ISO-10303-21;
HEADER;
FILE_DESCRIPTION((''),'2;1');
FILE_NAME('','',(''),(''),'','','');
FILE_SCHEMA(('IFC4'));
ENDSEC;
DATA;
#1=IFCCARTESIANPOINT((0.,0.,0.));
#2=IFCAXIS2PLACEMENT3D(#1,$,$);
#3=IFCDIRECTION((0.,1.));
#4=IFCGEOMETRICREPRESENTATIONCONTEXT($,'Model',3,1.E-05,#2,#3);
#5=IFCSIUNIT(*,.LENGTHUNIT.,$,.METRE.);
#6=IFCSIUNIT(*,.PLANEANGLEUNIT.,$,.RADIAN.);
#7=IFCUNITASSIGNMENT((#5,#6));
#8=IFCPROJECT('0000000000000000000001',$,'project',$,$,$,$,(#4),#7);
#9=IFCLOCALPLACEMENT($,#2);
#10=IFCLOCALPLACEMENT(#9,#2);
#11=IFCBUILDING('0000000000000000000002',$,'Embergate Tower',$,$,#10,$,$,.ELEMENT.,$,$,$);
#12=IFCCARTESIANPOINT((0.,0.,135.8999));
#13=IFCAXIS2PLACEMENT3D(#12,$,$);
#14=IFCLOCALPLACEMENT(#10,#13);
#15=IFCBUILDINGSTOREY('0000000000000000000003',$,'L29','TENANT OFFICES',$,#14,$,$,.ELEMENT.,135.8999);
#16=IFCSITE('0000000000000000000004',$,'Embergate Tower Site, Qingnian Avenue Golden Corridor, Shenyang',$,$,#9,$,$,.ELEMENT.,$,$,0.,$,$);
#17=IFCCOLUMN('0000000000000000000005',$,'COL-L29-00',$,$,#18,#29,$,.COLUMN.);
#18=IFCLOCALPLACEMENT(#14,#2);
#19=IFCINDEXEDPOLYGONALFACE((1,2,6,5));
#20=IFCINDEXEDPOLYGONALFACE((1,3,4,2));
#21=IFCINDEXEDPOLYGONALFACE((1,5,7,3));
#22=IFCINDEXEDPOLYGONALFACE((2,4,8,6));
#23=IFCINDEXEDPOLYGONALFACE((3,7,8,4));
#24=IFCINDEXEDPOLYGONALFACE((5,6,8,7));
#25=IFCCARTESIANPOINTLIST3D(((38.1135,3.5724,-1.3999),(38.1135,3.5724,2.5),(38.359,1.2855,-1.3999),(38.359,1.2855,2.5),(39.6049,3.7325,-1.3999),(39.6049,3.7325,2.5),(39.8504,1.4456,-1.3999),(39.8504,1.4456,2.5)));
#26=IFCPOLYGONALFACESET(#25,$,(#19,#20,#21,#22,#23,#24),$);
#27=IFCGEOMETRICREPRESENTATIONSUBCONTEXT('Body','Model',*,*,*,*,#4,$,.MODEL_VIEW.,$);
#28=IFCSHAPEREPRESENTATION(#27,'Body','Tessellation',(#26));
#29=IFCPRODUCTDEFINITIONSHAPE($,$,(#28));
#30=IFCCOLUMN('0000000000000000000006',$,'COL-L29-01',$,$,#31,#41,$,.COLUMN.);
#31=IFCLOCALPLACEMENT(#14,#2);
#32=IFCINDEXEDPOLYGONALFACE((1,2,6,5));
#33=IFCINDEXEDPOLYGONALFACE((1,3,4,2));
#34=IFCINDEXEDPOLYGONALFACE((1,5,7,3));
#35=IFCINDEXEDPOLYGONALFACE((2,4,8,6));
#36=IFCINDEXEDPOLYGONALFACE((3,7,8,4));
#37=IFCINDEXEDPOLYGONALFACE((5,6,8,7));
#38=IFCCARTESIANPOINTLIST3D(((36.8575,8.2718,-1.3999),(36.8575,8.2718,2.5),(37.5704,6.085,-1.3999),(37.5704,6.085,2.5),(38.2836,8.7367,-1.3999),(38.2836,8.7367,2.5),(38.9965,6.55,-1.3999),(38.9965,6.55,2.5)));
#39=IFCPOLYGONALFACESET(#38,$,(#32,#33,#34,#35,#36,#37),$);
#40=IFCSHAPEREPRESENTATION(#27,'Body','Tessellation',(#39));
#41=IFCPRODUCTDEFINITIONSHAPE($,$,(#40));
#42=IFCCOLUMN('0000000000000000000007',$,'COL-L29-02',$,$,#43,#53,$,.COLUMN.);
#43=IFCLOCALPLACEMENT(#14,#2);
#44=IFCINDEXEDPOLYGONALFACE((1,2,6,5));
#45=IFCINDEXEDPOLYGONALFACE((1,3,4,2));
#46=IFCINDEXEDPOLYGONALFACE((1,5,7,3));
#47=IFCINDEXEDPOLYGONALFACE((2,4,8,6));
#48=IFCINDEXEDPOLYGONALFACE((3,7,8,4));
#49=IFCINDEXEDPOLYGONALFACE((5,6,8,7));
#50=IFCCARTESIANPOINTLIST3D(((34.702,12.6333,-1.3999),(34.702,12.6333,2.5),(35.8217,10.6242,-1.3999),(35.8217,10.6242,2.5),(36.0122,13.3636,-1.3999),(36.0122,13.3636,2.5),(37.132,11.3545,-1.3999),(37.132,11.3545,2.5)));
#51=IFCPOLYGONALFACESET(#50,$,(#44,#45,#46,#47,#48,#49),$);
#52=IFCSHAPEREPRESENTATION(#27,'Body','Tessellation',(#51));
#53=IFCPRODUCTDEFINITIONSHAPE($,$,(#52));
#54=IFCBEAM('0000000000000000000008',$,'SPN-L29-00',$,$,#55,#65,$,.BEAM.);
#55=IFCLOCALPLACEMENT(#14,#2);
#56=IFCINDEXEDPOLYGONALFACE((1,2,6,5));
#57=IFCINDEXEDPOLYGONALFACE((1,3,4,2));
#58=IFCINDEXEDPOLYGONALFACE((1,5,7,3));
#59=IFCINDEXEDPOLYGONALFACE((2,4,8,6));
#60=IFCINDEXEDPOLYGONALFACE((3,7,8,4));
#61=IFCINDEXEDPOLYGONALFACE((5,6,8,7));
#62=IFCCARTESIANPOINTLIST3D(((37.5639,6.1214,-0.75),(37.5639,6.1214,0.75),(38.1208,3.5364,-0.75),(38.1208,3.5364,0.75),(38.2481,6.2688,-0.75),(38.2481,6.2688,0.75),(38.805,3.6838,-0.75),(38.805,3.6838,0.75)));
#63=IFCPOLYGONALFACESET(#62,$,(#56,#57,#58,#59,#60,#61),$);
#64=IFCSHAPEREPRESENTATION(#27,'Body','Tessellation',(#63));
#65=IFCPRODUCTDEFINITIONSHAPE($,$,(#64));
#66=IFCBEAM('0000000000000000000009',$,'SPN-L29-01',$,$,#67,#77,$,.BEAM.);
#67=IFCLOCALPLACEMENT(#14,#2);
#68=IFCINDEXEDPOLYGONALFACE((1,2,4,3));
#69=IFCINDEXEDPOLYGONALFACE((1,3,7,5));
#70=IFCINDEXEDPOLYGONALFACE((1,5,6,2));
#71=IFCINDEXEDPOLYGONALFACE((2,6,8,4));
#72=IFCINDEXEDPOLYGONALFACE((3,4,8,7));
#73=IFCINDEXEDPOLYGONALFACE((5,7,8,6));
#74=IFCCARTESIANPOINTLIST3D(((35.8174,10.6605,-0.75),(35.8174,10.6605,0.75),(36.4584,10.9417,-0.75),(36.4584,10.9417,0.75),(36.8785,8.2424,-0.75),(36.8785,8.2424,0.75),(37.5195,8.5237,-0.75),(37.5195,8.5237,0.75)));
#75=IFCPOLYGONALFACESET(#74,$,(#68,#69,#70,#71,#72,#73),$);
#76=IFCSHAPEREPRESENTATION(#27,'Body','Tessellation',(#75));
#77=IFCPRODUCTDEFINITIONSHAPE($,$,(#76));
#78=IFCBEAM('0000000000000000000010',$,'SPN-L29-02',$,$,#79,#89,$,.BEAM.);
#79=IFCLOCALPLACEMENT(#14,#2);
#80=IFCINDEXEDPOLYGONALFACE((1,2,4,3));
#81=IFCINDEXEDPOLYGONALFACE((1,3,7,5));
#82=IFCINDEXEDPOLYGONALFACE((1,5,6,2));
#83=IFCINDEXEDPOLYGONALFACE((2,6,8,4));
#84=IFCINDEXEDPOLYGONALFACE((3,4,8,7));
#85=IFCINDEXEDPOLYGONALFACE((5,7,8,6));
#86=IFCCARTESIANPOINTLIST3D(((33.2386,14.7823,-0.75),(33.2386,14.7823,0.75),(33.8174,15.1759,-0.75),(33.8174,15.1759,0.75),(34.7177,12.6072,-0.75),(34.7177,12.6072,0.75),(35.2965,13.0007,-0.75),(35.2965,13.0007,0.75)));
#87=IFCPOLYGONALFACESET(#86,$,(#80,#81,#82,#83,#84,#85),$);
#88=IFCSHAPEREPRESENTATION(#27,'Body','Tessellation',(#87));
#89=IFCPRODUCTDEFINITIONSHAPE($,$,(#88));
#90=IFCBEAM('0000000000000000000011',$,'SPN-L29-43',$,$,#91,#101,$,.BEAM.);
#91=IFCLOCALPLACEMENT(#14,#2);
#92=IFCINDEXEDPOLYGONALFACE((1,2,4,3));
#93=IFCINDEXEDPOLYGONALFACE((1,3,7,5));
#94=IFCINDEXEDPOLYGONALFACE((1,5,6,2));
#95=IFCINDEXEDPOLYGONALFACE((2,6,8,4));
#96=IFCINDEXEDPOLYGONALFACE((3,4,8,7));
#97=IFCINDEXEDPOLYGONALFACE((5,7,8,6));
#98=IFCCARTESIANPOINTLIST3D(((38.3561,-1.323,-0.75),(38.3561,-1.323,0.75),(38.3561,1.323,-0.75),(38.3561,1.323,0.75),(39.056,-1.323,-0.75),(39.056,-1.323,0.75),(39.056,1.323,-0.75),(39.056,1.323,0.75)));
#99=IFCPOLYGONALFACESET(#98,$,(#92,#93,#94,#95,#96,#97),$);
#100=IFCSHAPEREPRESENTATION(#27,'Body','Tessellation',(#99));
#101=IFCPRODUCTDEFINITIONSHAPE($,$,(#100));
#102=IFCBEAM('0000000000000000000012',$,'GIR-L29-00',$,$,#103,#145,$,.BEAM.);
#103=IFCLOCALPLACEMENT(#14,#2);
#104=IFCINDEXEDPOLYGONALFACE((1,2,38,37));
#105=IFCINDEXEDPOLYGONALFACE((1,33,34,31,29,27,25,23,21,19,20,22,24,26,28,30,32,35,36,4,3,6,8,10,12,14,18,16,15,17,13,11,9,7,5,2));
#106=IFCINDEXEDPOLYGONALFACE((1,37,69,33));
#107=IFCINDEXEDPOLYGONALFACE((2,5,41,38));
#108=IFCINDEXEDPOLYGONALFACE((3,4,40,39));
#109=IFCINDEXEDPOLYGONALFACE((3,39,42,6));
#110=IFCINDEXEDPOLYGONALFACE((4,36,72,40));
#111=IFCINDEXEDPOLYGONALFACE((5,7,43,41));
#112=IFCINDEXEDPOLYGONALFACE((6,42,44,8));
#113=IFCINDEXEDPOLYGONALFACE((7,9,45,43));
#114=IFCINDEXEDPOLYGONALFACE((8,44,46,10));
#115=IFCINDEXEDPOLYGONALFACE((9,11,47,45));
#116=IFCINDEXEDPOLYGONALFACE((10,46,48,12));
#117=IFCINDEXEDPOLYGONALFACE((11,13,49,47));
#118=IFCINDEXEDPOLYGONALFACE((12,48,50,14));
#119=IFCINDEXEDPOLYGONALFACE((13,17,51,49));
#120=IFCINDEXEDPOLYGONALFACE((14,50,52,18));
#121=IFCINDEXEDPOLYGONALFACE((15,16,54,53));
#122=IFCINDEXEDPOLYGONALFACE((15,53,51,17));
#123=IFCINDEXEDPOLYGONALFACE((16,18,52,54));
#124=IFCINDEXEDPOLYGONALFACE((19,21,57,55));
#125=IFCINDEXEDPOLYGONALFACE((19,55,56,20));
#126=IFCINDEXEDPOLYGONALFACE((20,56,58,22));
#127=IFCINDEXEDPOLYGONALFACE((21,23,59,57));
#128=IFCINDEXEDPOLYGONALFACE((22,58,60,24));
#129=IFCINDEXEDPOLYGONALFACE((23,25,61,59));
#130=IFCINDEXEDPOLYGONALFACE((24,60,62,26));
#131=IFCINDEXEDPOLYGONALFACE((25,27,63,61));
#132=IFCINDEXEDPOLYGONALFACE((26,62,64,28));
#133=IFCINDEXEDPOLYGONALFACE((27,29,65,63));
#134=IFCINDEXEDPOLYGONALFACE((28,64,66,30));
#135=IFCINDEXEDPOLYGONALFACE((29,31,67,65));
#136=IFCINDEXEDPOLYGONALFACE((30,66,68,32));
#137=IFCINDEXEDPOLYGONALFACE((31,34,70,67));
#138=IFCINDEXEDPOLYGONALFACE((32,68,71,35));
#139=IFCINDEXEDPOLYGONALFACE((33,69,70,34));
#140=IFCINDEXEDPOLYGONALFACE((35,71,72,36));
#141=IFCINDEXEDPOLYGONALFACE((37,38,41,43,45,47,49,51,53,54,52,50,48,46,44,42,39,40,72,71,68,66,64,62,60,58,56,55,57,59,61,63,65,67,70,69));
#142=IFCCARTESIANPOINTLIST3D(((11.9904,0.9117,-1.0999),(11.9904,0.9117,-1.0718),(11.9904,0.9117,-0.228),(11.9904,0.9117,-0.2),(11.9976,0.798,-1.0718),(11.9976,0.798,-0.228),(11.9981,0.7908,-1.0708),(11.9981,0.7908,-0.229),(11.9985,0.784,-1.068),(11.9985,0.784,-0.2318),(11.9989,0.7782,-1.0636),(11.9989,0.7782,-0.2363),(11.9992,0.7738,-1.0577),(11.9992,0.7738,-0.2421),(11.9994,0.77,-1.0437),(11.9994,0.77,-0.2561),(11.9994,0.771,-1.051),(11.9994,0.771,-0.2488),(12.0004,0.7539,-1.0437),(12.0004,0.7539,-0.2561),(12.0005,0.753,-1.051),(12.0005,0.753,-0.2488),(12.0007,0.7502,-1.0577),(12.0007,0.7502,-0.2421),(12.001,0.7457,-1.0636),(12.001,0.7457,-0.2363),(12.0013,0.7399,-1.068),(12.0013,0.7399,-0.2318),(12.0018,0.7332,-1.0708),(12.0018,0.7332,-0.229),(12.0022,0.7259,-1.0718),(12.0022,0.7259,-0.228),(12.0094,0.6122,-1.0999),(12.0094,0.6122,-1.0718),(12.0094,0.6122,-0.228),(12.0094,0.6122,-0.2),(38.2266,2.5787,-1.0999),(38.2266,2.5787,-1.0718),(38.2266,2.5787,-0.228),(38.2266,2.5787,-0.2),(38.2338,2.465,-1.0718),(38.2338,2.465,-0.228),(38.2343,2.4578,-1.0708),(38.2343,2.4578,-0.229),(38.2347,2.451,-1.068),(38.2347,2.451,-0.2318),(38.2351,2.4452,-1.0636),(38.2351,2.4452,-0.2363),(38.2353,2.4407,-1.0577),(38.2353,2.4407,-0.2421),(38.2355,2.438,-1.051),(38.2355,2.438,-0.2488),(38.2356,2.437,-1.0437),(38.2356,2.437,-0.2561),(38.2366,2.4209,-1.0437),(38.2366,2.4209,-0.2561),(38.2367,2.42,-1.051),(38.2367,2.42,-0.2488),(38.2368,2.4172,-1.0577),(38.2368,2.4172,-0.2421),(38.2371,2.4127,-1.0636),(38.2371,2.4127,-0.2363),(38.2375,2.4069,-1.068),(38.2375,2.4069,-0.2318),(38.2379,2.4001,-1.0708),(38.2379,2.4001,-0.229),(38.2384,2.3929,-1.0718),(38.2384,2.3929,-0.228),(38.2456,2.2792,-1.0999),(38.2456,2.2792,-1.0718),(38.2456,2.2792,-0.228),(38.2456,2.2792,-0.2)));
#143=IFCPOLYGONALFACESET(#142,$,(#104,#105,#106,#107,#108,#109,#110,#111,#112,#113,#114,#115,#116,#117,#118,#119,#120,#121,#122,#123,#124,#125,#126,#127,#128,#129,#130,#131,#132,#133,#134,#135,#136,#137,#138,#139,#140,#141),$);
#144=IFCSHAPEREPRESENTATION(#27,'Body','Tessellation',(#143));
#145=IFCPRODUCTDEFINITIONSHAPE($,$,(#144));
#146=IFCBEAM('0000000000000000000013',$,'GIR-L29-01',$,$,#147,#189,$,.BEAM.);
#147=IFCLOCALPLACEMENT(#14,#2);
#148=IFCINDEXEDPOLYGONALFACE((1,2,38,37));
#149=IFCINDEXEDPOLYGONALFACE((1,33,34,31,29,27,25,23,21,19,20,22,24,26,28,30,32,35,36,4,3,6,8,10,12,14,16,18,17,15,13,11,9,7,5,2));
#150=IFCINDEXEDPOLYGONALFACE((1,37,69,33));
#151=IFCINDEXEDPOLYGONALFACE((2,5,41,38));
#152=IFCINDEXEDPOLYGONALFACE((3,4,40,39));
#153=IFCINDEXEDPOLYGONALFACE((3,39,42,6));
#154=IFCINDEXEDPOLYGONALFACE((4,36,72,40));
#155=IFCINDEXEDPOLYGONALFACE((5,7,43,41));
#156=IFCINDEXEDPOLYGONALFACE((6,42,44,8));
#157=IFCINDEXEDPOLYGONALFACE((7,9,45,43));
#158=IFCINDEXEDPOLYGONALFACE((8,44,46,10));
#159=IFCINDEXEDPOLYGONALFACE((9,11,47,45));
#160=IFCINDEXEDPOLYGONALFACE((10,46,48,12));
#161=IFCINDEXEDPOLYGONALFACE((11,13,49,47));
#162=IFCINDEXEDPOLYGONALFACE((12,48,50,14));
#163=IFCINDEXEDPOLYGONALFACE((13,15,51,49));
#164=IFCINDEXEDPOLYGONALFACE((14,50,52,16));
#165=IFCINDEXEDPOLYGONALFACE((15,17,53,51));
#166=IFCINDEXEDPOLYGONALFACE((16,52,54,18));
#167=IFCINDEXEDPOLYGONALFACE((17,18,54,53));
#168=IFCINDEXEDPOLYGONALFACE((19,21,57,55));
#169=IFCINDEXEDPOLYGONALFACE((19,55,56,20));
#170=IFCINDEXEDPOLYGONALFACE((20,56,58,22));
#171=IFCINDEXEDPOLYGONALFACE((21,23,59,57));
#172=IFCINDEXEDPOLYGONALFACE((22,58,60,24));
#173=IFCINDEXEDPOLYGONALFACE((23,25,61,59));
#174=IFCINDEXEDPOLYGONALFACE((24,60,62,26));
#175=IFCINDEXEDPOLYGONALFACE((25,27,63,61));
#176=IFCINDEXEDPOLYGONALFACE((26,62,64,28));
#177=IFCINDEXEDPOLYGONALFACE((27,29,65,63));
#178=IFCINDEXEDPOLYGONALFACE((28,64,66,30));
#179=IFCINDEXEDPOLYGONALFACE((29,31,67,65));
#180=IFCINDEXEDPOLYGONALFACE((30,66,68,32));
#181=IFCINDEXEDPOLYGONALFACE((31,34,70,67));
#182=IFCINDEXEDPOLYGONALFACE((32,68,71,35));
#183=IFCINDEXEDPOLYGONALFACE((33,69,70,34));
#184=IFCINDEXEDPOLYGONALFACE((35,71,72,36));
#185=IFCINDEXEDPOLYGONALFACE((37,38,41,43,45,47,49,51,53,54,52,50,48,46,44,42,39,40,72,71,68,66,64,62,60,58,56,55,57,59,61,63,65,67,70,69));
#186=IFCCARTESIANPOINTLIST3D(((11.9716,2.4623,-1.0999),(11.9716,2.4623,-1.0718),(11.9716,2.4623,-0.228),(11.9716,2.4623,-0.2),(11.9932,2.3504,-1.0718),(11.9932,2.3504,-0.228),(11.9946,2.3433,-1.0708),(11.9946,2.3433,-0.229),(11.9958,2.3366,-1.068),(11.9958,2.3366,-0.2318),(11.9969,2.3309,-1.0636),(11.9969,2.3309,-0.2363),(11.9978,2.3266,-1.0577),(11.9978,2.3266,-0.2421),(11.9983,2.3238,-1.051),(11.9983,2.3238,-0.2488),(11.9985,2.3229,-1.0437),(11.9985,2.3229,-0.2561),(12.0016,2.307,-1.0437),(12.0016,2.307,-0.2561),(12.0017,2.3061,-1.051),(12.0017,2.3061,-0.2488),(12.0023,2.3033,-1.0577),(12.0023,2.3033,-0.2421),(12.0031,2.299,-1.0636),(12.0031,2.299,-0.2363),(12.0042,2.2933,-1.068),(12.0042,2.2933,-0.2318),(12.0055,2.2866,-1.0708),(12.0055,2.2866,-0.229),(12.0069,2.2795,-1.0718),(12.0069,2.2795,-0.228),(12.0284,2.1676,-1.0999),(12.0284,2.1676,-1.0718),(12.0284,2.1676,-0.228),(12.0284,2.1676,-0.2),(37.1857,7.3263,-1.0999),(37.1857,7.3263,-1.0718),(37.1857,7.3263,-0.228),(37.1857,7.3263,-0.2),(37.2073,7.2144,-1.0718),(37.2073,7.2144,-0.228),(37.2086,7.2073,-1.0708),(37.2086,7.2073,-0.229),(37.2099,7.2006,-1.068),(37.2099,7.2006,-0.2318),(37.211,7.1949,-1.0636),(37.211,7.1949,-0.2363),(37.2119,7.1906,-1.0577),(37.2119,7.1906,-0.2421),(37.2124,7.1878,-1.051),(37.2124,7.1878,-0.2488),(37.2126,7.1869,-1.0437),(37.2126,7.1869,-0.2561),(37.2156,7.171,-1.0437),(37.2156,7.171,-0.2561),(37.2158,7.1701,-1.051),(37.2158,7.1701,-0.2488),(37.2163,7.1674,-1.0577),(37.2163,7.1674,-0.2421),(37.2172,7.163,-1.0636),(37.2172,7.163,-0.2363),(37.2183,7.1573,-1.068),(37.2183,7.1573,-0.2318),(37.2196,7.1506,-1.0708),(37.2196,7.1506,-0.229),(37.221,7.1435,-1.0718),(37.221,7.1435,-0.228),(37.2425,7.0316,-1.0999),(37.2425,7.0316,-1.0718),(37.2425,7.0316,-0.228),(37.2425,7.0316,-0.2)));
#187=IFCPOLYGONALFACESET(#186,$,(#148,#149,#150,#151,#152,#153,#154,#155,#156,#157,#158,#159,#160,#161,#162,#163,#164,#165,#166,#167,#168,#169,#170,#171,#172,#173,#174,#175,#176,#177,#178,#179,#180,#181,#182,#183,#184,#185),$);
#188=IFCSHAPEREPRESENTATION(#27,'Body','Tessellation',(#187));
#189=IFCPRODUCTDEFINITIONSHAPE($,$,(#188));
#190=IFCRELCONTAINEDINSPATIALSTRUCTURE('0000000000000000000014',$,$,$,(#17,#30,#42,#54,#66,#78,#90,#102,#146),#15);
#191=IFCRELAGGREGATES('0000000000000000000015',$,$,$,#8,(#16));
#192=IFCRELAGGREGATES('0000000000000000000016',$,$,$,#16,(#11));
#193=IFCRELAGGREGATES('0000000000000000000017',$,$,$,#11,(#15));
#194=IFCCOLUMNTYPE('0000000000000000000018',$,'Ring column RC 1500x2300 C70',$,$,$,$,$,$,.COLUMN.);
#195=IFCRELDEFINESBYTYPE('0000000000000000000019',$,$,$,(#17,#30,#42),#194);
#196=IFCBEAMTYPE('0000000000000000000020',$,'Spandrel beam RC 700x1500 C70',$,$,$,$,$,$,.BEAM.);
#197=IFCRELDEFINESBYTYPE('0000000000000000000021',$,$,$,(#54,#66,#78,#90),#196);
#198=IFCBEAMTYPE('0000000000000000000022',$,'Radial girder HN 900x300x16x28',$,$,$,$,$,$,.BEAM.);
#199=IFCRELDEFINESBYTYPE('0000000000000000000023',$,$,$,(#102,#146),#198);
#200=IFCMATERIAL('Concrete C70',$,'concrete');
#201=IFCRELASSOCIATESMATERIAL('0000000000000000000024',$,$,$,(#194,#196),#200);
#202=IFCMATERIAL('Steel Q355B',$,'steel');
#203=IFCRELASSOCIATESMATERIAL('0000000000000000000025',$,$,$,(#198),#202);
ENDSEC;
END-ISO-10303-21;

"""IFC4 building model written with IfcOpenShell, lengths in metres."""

from ifc_helpers import new_model, si_unit, direction, frame, origin, origin_2d, place, context, subcontext, project, spatial, rectangle, i_section, extrude, source, transform, mapped, material, material_profile, profile_set, type_object, element, save


model = new_model("IFC4")

# Units and contexts
model_context = context("Model", 3, precision=1e-05, world=origin(), true_north=direction((0.0, 1.0)))
body_context = subcontext(model_context, "Body", "Model", "MODEL_VIEW")
ifc_project = project(units=[si_unit("LENGTHUNIT", "METRE"), si_unit("PLANEANGLEUNIT", "RADIAN")], contexts=[model_context])

# Site, building, storey
site_placement = place(None, origin())
site = spatial("IfcSite", under=ifc_project, at=site_placement, Name="Embergate Tower Site, Qingnian Avenue Golden Corridor, Shenyang", CompositionType="ELEMENT", RefElevation=0.0)
building_placement = place(site_placement, origin())
building = spatial("IfcBuilding", under=site, at=building_placement, Name="Embergate Tower", CompositionType="ELEMENT")
storey_placement = place(building_placement, frame((0.0, 0.0, 135.8999)))
storey = spatial("IfcBuildingStorey", under=building, at=storey_placement, Name="L29", Description="TENANT OFFICES", CompositionType="ELEMENT", Elevation=135.8999)

# Columns
ifc_material_1 = material(Name="Concrete C70", Category="concrete")
ifc_material_profile_1 = material_profile(ifc_material_1, rectangle(XDim=1.5, YDim=2.3, at=origin_2d()), Name="RC 1500x2300")
ifc_profile_set_1 = profile_set([ifc_material_profile_1], Name="Concrete C70")
column_type = type_object("IfcColumnType", Name="Ring column RC 1500x2300 C70", PredefinedType="COLUMN", material=ifc_profile_set_1)
shared_shape_1 = source(origin(), body_context, "Body", "SweptSolid", [
    extrude(rectangle(XDim=1.5, YDim=2.3, at=origin_2d()), origin(), (0.0, 0.0, 1.0), 3.8999),
])
for number, where, z_axis, x_axis, name in (
    (1, (38.9819, 2.509, -1.3999), (0.0, 0.0, 1.0), (0.994286, 0.10675, 0.0), "COL-L29-00"),
    (2, (37.927, 7.4109, -1.3999), (0.0, 0.0, 1.0), (0.950754, 0.309946, 0.0), "COL-L29-01"),
    (3, (35.917, 11.9939, -1.3999), (0.0, 0.0, 1.0), (0.873492, 0.486839, 0.0), "COL-L29-02"),
):
    element("IfcColumn", number, at=place(storey_placement, frame(where, z_axis=z_axis, x_axis=x_axis)), inside=storey, type_object=column_type, Name=name, PredefinedType="COLUMN", context=body_context, shape_type="MappedRepresentation", body=[
        mapped(shared_shape_1, transform((0.0, 0.0, 0.0))),
    ])

# Beams
ifc_material_profile_2 = material_profile(ifc_material_1, rectangle(XDim=0.7, YDim=1.5, at=origin_2d()), Name="RC 700x1500")
ifc_profile_set_2 = profile_set([ifc_material_profile_2], Name="Concrete C70")
beam_type_1 = type_object("IfcBeamType", Name="Spandrel beam RC 700x1500 C70", PredefinedType="BEAM", material=ifc_profile_set_2)
shared_shape_2 = source(origin(), body_context, "Body", "SweptSolid", [
    extrude(rectangle(XDim=0.7, YDim=1.5, at=origin_2d()), origin(), (0.0, 0.0, 1.0), 2.6443),
])
beam_1_placement = place(storey_placement, frame((38.4629, 3.6101, 0.0), z_axis=(-0.210601, 0.977572, 0.0), x_axis=(-0.977572, -0.210601, 0.0)))
element("IfcBeam", 4, at=beam_1_placement, inside=storey, type_object=beam_type_1, Name="SPN-L29-00", PredefinedType="BEAM", context=body_context, shape_type="MappedRepresentation", body=[
    mapped(shared_shape_2, transform((0.0, 0.0, 0.0))),
])
shared_shape_3 = source(origin(), body_context, "Body", "SweptSolid", [
    extrude(rectangle(XDim=0.7, YDim=1.5, at=origin_2d()), origin(), (0.0, 0.0, 1.0), 2.6406),
])
beam_2_placement = place(storey_placement, frame((37.199, 8.3831, 0.0), z_axis=(-0.401827, 0.915715, 0.0), x_axis=(-0.915715, -0.401827, 0.0)))
element("IfcBeam", 5, at=beam_2_placement, inside=storey, type_object=beam_type_1, Name="SPN-L29-01", PredefinedType="BEAM", context=body_context, shape_type="MappedRepresentation", body=[
    mapped(shared_shape_3, transform((0.0, 0.0, 0.0))),
])
shared_shape_4 = source(origin(), body_context, "Body", "SweptSolid", [
    extrude(rectangle(XDim=0.7, YDim=1.5, at=origin_2d()), origin(), (0.0, 0.0, 1.0), 2.6304),
])
beam_3_placement = place(storey_placement, frame((35.0071, 12.804, 0.0), z_axis=(-0.562302, 0.826932, 0.0), x_axis=(-0.826932, -0.562302, 0.0)))
element("IfcBeam", 6, at=beam_3_placement, inside=storey, type_object=beam_type_1, Name="SPN-L29-02", PredefinedType="BEAM", context=body_context, shape_type="MappedRepresentation", body=[
    mapped(shared_shape_4, transform((0.0, 0.0, 0.0))),
])
shared_shape_5 = source(origin(), body_context, "Body", "SweptSolid", [
    extrude(rectangle(XDim=0.7, YDim=1.5, at=origin_2d()), origin(), (0.0, 0.0, 1.0), 2.646),
])
beam_4_placement = place(storey_placement, frame((38.7061, -1.323, 0.0), z_axis=(0.0, 1.0, 0.0), x_axis=(-1.0, 0.0, 0.0)))
element("IfcBeam", 7, at=beam_4_placement, inside=storey, type_object=beam_type_1, Name="SPN-L29-43", PredefinedType="BEAM", context=body_context, shape_type="MappedRepresentation", body=[
    mapped(shared_shape_5, transform((0.0, 0.0, 0.0))),
])
ifc_material_2 = material(Name="Steel Q355B", Category="steel")
ifc_material_profile_3 = material_profile(ifc_material_2, i_section(OverallWidth=0.3, OverallDepth=0.8999, WebThickness=0.0161, FlangeThickness=0.0281, FilletRadius=0.0281, at=origin_2d()), Name="HN 900x300x16x28")
ifc_profile_set_3 = profile_set([ifc_material_profile_3], Name="Steel Q355 grade B")
beam_type_2 = type_object("IfcBeamType", Name="Radial girder HN 900x300x16x28", PredefinedType="BEAM", material=ifc_profile_set_3)
shared_shape_6 = source(origin(), body_context, "Body", "SweptSolid", [
    extrude(i_section(OverallWidth=0.3, OverallDepth=0.8999, WebThickness=0.0161, FlangeThickness=0.0281, FilletRadius=0.0281, at=origin_2d()), origin(), (0.0, 0.0, 1.0), 26.2891),
])
beam_5_placement = place(storey_placement, frame((38.2361, 2.429, -0.6499), z_axis=(-0.997988, -0.06341, 0.0), x_axis=(0.06341, -0.997988, 0.0)))
element("IfcBeam", 8, at=beam_5_placement, inside=storey, type_object=beam_type_2, Name="GIR-L29-00", PredefinedType="BEAM", context=body_context, shape_type="MappedRepresentation", body=[
    mapped(shared_shape_6, transform((0.0, 0.0, 0.0))),
])
shared_shape_7 = source(origin(), body_context, "Body", "SweptSolid", [
    extrude(i_section(OverallWidth=0.3, OverallDepth=0.8999, WebThickness=0.0161, FlangeThickness=0.0281, FilletRadius=0.0281, at=origin_2d()), origin(), (0.0, 0.0, 1.0), 25.679),
])
beam_6_placement = place(storey_placement, frame((37.2141, 7.179, -0.6499), z_axis=(-0.981897, -0.189416, 0.0), x_axis=(0.189416, -0.981897, 0.0)))
element("IfcBeam", 9, at=beam_6_placement, inside=storey, type_object=beam_type_2, Name="GIR-L29-01", PredefinedType="BEAM", context=body_context, shape_type="MappedRepresentation", body=[
    mapped(shared_shape_7, transform((0.0, 0.0, 0.0))),
])

save(model, "model.ifc")
